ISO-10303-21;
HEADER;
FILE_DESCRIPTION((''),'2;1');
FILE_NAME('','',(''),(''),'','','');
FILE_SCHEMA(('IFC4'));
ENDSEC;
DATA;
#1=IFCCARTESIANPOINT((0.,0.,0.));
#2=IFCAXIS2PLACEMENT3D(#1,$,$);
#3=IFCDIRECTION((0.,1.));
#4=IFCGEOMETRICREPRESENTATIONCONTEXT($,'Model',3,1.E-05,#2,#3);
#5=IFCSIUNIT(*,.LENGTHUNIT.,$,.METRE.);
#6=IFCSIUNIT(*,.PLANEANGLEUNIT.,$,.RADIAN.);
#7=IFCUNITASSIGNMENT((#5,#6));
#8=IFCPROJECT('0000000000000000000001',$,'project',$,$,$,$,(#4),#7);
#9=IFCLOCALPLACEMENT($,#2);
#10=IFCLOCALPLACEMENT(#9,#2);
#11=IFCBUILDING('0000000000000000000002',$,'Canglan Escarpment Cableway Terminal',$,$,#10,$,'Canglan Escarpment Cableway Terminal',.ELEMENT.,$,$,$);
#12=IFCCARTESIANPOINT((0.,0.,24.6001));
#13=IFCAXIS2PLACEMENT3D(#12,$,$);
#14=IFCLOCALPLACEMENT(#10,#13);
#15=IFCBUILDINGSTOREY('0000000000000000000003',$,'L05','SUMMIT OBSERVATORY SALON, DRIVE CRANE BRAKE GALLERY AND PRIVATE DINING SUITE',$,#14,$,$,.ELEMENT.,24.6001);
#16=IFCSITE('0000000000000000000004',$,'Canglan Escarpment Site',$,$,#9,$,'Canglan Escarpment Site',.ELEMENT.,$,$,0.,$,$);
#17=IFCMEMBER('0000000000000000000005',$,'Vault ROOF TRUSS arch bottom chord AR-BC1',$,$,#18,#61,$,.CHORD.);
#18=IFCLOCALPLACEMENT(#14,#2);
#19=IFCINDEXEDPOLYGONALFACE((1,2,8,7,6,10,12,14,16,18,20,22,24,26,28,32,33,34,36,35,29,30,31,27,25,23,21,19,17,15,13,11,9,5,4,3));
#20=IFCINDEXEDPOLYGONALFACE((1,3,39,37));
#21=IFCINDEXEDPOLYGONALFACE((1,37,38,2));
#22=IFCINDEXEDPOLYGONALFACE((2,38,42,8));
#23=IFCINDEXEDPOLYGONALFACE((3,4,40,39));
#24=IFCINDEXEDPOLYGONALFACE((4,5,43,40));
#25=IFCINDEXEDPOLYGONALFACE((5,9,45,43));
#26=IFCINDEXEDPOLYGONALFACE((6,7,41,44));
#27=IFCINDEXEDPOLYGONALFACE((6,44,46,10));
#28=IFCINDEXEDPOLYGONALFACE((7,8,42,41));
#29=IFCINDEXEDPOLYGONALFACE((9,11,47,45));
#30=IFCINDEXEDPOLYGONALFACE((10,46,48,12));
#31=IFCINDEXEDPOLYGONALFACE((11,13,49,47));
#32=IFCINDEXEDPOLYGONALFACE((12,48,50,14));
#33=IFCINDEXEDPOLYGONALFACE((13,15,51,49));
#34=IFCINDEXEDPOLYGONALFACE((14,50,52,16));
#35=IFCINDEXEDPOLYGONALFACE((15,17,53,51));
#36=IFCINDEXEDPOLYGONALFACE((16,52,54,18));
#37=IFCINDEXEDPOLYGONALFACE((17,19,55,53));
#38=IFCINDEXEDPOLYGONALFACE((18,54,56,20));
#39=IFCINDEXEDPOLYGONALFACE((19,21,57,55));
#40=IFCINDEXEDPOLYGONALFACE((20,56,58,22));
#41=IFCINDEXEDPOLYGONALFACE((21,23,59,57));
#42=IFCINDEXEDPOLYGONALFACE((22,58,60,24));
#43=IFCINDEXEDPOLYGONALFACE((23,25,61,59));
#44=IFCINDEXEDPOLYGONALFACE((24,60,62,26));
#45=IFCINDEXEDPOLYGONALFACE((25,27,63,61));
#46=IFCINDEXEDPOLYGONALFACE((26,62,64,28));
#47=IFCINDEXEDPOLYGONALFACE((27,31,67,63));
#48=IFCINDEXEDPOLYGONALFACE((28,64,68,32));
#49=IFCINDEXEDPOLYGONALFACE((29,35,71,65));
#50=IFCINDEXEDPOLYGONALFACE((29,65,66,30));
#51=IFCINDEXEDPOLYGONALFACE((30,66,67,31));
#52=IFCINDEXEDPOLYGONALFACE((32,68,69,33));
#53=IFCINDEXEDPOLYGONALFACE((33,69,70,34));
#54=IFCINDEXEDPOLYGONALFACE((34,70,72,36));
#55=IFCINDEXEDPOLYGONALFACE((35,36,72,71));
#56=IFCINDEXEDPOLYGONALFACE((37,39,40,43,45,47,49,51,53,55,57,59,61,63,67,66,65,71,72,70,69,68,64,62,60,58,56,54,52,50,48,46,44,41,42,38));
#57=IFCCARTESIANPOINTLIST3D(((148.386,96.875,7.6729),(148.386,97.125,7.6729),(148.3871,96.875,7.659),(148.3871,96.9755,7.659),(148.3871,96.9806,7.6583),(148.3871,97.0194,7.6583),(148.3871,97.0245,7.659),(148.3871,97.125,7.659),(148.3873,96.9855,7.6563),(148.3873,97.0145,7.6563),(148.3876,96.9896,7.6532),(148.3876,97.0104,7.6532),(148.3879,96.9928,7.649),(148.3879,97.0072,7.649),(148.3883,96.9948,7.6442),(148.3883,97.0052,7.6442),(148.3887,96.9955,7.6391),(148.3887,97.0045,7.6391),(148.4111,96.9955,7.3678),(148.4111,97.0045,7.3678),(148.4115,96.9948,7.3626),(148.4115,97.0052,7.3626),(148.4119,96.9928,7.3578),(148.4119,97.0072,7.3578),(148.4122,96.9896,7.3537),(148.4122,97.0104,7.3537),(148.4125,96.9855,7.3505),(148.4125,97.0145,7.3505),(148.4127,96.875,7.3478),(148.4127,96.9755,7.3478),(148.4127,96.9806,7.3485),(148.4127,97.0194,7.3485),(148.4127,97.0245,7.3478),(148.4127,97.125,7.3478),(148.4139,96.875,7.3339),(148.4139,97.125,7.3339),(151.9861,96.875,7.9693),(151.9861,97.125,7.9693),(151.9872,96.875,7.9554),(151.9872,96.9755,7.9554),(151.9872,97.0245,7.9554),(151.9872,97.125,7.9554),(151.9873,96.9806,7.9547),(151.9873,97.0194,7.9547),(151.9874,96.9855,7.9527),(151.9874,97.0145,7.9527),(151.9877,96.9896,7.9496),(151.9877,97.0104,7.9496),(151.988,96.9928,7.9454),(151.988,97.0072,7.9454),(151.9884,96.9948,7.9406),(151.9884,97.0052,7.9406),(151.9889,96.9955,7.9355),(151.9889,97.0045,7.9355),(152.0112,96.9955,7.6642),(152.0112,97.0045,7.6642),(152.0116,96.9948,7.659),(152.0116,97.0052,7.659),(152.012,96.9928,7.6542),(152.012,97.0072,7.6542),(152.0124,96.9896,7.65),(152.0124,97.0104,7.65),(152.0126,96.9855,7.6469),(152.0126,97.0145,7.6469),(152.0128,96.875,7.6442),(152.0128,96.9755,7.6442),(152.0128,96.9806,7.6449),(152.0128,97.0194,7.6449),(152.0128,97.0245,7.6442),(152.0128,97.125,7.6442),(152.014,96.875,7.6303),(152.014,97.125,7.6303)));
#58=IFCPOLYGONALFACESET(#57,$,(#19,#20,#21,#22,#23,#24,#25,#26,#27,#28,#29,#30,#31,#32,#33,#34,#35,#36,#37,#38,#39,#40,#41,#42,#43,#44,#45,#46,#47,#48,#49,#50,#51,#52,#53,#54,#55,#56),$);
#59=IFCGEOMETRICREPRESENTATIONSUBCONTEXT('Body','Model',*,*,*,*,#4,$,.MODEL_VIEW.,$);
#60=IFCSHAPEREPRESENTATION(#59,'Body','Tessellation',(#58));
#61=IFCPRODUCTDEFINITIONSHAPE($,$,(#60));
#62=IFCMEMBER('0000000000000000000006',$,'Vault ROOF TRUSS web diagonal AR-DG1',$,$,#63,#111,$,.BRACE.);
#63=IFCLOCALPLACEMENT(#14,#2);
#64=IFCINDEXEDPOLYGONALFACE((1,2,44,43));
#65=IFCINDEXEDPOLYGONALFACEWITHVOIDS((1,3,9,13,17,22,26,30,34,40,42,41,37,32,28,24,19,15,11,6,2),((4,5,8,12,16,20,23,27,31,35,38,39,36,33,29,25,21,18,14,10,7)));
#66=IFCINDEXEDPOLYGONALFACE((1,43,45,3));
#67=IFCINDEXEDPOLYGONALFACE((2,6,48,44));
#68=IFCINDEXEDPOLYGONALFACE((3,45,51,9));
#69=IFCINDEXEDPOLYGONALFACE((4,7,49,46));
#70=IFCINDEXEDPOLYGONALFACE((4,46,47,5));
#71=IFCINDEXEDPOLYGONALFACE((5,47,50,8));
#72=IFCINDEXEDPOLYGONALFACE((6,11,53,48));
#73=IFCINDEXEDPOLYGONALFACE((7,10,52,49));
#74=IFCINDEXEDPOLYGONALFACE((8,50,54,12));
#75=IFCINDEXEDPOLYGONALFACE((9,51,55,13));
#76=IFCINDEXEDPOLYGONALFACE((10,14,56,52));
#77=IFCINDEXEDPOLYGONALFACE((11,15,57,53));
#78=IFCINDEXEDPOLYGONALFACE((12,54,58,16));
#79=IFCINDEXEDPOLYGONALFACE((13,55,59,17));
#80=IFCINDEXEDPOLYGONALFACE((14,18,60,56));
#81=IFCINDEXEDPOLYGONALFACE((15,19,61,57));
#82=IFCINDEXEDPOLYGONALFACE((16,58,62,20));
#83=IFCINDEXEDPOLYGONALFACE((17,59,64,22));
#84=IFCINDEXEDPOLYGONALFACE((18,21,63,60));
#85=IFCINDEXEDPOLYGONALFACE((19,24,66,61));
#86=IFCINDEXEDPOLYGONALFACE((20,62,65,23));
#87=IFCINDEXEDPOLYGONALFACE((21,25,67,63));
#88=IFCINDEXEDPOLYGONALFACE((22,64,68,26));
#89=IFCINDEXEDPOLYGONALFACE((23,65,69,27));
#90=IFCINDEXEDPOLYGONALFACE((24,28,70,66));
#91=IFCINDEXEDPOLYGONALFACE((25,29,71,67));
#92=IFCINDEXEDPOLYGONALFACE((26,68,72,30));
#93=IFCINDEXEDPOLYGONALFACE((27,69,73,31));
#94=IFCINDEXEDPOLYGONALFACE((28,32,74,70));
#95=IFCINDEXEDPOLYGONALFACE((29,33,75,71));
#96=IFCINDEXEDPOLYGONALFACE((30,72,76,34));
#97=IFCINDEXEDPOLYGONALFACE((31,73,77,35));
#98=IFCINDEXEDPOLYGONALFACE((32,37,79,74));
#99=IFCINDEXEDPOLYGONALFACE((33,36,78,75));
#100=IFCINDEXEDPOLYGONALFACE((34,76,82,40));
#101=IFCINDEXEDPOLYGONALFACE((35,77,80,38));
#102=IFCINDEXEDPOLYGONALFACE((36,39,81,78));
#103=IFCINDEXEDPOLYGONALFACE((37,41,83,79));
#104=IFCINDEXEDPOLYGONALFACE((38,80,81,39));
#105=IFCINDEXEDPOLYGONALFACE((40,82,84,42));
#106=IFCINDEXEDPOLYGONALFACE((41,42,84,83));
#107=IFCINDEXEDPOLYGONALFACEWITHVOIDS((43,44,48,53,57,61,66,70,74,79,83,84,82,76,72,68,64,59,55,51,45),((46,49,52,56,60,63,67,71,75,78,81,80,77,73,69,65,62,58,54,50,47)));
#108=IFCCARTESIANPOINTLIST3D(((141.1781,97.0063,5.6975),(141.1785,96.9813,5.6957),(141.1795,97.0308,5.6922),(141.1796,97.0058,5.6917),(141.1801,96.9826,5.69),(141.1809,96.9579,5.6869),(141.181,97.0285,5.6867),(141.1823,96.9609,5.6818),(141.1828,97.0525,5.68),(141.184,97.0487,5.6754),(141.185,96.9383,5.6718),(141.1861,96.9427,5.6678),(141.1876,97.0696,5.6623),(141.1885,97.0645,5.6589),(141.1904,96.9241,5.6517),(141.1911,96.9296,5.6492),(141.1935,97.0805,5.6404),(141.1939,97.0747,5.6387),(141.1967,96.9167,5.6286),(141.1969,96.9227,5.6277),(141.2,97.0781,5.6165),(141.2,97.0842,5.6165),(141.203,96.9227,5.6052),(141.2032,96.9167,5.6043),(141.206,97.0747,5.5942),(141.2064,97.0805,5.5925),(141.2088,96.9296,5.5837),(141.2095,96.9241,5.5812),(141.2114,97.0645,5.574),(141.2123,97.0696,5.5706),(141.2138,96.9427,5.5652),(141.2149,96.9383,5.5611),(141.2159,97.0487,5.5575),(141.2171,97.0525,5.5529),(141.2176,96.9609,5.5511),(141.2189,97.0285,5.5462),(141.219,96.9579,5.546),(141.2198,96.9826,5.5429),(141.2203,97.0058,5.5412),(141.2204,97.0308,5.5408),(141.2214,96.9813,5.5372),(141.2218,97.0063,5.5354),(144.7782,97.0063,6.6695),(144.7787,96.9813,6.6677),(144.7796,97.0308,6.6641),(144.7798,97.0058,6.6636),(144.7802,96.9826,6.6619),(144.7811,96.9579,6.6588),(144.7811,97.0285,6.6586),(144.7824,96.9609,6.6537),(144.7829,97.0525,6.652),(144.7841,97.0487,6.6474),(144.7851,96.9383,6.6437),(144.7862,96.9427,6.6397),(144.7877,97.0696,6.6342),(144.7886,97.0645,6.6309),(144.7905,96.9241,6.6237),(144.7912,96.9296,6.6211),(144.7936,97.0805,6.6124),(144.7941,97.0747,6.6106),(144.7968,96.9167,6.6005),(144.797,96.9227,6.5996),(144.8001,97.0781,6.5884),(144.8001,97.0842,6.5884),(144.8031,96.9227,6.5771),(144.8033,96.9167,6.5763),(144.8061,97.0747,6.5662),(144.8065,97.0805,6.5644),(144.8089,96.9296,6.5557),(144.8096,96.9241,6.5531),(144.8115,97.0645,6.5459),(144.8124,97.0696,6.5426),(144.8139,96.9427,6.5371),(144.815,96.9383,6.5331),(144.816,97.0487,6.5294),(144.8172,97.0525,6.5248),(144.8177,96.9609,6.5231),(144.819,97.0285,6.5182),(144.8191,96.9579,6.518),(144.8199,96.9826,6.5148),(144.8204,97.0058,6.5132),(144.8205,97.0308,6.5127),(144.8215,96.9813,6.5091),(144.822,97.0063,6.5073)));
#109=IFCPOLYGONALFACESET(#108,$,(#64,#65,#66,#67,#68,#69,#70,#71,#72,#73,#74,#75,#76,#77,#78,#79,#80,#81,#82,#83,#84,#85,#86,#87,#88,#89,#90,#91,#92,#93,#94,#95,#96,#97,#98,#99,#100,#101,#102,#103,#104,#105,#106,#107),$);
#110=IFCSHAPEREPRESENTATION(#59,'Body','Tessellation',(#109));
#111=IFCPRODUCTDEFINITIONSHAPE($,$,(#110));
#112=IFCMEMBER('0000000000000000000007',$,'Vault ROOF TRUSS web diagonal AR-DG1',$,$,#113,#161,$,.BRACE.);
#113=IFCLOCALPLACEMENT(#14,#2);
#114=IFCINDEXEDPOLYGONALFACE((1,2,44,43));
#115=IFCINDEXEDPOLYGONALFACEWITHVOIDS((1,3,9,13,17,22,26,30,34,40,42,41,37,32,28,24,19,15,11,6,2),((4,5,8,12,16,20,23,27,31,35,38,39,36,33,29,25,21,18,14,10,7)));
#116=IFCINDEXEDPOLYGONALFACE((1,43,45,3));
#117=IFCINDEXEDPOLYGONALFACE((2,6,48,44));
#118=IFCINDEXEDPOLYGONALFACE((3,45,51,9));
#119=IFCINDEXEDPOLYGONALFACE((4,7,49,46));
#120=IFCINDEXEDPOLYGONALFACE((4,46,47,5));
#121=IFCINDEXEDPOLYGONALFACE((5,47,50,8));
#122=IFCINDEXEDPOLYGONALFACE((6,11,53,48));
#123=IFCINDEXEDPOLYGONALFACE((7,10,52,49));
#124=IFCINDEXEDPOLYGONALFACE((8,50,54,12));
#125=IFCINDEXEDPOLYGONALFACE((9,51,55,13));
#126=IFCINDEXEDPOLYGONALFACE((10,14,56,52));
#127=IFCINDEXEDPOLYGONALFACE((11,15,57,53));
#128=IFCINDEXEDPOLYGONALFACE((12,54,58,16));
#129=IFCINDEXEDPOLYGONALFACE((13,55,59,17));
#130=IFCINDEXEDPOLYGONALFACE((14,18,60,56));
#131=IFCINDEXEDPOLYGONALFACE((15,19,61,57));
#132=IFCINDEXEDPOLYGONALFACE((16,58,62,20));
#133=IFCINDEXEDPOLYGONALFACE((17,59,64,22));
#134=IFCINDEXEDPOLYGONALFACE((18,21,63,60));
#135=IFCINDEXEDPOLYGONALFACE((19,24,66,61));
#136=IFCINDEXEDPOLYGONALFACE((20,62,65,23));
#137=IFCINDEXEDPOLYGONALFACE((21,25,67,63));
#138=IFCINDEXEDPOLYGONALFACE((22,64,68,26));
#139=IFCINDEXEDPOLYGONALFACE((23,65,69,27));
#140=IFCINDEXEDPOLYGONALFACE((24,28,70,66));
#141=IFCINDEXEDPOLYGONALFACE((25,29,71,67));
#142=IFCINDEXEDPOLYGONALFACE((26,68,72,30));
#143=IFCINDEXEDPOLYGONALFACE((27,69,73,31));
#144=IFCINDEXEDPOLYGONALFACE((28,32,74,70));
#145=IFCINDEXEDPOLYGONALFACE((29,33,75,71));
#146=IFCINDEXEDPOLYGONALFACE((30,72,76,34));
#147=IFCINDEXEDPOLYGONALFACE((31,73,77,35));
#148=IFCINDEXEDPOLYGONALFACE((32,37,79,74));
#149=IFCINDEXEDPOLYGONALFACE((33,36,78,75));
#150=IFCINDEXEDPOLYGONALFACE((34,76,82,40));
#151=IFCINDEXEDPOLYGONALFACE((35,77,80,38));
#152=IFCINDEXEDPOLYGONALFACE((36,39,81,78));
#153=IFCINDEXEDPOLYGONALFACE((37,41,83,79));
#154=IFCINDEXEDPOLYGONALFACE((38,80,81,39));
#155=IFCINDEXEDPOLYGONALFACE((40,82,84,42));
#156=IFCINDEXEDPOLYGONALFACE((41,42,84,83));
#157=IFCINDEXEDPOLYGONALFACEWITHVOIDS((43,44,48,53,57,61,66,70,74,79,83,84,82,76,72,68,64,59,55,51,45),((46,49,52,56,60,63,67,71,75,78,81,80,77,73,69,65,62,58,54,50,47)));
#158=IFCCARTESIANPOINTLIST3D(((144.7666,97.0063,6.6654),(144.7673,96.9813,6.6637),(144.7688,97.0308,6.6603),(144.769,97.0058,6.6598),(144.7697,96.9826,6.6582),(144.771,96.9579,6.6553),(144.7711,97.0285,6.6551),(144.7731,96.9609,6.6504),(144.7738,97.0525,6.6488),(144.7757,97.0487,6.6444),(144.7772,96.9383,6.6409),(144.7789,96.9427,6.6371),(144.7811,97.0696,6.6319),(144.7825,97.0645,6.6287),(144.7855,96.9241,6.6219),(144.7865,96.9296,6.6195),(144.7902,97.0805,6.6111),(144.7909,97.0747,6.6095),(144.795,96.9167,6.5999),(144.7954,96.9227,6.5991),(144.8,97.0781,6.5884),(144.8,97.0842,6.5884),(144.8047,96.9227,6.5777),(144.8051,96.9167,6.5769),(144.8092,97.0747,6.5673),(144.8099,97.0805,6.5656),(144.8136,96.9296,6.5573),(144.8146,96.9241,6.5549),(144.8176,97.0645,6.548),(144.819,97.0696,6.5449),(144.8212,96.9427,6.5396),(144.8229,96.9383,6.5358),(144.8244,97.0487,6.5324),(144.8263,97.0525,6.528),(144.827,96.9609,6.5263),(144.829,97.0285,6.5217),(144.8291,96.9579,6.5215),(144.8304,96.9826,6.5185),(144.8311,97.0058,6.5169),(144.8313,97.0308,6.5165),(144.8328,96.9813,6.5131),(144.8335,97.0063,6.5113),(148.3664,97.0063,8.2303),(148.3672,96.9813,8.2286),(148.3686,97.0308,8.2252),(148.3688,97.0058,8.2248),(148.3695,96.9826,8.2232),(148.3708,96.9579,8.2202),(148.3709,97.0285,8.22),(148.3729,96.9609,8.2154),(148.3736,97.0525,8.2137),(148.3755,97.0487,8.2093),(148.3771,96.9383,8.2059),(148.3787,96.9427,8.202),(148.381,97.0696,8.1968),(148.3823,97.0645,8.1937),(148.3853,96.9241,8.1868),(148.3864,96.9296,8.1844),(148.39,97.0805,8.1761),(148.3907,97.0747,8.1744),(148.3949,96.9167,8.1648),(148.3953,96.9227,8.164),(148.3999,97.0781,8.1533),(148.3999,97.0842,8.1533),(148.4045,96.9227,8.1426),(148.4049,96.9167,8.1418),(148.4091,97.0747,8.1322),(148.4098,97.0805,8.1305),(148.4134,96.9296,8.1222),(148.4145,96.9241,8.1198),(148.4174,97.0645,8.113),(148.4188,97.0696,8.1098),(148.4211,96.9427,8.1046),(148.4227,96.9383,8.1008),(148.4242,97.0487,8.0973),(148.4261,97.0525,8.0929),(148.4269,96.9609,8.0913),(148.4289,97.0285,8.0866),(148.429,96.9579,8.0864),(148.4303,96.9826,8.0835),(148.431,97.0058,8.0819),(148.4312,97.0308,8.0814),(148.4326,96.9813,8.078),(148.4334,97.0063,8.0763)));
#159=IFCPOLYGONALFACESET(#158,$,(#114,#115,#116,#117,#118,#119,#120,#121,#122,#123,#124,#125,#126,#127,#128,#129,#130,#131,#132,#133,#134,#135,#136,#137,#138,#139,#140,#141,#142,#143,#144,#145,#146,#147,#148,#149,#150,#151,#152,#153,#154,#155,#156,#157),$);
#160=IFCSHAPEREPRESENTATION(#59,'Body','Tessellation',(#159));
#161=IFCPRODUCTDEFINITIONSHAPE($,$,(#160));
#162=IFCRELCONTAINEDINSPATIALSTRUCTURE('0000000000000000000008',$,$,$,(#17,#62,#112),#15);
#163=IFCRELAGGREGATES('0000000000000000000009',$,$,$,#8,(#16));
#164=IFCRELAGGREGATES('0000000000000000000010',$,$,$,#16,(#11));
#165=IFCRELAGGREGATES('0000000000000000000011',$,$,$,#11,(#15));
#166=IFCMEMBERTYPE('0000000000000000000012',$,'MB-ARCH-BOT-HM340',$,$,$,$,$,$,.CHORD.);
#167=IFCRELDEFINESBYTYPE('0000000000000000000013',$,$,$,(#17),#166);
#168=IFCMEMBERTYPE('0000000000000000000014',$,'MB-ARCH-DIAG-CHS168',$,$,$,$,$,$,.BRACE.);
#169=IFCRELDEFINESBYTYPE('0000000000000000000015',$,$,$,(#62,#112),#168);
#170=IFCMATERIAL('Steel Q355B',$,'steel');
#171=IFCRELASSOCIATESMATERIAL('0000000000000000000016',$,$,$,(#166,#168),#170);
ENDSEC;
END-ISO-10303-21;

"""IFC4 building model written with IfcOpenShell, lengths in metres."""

from ifc_helpers import new_model, si_unit, direction, frame, origin, origin_2d, place, context, subcontext, project, spatial, hollow_circle, i_section, extrude, material, material_profile, profile_set, type_object, element, save


model = new_model("IFC4")

# Units and contexts
model_context = context("Model", 3, precision=1e-05, world=origin(), true_north=direction((0.0, 1.0)))
body_context = subcontext(model_context, "Body", "Model", "MODEL_VIEW")
ifc_project = project(units=[si_unit("LENGTHUNIT", "METRE"), si_unit("PLANEANGLEUNIT", "RADIAN")], contexts=[model_context])

# Site, building, storey
site_placement = place(None, origin())
site = spatial("IfcSite", under=ifc_project, at=site_placement, Name="Canglan Escarpment Site", LongName="Canglan Escarpment Site", CompositionType="ELEMENT", RefElevation=0.0)
building_placement = place(site_placement, origin())
building = spatial("IfcBuilding", under=site, at=building_placement, Name="Canglan Escarpment Cableway Terminal", LongName="Canglan Escarpment Cableway Terminal", CompositionType="ELEMENT")
storey_placement = place(building_placement, frame((0.0, 0.0, 24.6001)))
storey = spatial("IfcBuildingStorey", under=building, at=storey_placement, Name="L05", Description="SUMMIT OBSERVATORY SALON, DRIVE CRANE BRAKE GALLERY AND PRIVATE DINING SUITE", CompositionType="ELEMENT", Elevation=24.6001)

# Shared definitions
ifc_material_1 = material(Name="Steel Q355B", Category="steel")

# Members
ifc_material_profile_1 = material_profile(ifc_material_1, i_section(OverallWidth=0.25, OverallDepth=0.3401, WebThickness=0.009, FlangeThickness=0.0139, FilletRadius=0.02, at=origin_2d()), Name="HM 340x250x9x14")
ifc_profile_set_1 = profile_set([ifc_material_profile_1], Name="Steel Q355B")
member_type_1 = type_object("IfcMemberType", Name="MB-ARCH-BOT-HM340", PredefinedType="CHORD", material=ifc_profile_set_1)
member_1_placement = place(storey_placement, frame((148.3999, 97.0, 7.5034), z_axis=(0.996628, 0.0, 0.08205), x_axis=(0.0, 1.0, 0.0)))
element("IfcMember", 1, at=member_1_placement, inside=storey, type_object=member_type_1, Name="Vault ROOF TRUSS arch bottom chord AR-BC1", PredefinedType="CHORD", context=body_context, shape_type="SweptSolid", body=[
    extrude(i_section(OverallWidth=0.25, OverallDepth=0.3401, WebThickness=0.009, FlangeThickness=0.0139, FilletRadius=0.02, at=origin_2d()), origin(), (0.0, 0.0, 1.0), 3.6123),
])
ifc_material_profile_2 = material_profile(ifc_material_1, hollow_circle(Radius=0.0842, WallThickness=0.0061, at=origin_2d()), Name="CHS 168.3x6")
ifc_profile_set_2 = profile_set([ifc_material_profile_2], Name="Steel Q355B")
member_type_2 = type_object("IfcMemberType", Name="MB-ARCH-DIAG-CHS168", PredefinedType="BRACE", material=ifc_profile_set_2)
member_2_placement = place(storey_placement, frame((141.2, 97.0, 5.6165), z_axis=(0.965436, 0.0, 0.26064), x_axis=(0.0, 1.0, 0.0)))
element("IfcMember", 2, at=member_2_placement, inside=storey, type_object=member_type_2, Name="Vault ROOF TRUSS web diagonal AR-DG1", PredefinedType="BRACE", context=body_context, shape_type="SweptSolid", body=[
    extrude(hollow_circle(Radius=0.0842, WallThickness=0.0061, at=origin_2d()), origin(), (0.0, 0.0, 1.0), 3.729),
])
member_3_placement = place(storey_placement, frame((144.8, 97.0, 6.5884), z_axis=(0.91709, 0.0, 0.398681), x_axis=(0.0, 1.0, 0.0)))
element("IfcMember", 3, at=member_3_placement, inside=storey, type_object=member_type_2, Name="Vault ROOF TRUSS web diagonal AR-DG1", PredefinedType="BRACE", context=body_context, shape_type="SweptSolid", body=[
    extrude(hollow_circle(Radius=0.0842, WallThickness=0.0061, at=origin_2d()), origin(), (0.0, 0.0, 1.0), 3.9253),
])

save(model, "model.ifc")
